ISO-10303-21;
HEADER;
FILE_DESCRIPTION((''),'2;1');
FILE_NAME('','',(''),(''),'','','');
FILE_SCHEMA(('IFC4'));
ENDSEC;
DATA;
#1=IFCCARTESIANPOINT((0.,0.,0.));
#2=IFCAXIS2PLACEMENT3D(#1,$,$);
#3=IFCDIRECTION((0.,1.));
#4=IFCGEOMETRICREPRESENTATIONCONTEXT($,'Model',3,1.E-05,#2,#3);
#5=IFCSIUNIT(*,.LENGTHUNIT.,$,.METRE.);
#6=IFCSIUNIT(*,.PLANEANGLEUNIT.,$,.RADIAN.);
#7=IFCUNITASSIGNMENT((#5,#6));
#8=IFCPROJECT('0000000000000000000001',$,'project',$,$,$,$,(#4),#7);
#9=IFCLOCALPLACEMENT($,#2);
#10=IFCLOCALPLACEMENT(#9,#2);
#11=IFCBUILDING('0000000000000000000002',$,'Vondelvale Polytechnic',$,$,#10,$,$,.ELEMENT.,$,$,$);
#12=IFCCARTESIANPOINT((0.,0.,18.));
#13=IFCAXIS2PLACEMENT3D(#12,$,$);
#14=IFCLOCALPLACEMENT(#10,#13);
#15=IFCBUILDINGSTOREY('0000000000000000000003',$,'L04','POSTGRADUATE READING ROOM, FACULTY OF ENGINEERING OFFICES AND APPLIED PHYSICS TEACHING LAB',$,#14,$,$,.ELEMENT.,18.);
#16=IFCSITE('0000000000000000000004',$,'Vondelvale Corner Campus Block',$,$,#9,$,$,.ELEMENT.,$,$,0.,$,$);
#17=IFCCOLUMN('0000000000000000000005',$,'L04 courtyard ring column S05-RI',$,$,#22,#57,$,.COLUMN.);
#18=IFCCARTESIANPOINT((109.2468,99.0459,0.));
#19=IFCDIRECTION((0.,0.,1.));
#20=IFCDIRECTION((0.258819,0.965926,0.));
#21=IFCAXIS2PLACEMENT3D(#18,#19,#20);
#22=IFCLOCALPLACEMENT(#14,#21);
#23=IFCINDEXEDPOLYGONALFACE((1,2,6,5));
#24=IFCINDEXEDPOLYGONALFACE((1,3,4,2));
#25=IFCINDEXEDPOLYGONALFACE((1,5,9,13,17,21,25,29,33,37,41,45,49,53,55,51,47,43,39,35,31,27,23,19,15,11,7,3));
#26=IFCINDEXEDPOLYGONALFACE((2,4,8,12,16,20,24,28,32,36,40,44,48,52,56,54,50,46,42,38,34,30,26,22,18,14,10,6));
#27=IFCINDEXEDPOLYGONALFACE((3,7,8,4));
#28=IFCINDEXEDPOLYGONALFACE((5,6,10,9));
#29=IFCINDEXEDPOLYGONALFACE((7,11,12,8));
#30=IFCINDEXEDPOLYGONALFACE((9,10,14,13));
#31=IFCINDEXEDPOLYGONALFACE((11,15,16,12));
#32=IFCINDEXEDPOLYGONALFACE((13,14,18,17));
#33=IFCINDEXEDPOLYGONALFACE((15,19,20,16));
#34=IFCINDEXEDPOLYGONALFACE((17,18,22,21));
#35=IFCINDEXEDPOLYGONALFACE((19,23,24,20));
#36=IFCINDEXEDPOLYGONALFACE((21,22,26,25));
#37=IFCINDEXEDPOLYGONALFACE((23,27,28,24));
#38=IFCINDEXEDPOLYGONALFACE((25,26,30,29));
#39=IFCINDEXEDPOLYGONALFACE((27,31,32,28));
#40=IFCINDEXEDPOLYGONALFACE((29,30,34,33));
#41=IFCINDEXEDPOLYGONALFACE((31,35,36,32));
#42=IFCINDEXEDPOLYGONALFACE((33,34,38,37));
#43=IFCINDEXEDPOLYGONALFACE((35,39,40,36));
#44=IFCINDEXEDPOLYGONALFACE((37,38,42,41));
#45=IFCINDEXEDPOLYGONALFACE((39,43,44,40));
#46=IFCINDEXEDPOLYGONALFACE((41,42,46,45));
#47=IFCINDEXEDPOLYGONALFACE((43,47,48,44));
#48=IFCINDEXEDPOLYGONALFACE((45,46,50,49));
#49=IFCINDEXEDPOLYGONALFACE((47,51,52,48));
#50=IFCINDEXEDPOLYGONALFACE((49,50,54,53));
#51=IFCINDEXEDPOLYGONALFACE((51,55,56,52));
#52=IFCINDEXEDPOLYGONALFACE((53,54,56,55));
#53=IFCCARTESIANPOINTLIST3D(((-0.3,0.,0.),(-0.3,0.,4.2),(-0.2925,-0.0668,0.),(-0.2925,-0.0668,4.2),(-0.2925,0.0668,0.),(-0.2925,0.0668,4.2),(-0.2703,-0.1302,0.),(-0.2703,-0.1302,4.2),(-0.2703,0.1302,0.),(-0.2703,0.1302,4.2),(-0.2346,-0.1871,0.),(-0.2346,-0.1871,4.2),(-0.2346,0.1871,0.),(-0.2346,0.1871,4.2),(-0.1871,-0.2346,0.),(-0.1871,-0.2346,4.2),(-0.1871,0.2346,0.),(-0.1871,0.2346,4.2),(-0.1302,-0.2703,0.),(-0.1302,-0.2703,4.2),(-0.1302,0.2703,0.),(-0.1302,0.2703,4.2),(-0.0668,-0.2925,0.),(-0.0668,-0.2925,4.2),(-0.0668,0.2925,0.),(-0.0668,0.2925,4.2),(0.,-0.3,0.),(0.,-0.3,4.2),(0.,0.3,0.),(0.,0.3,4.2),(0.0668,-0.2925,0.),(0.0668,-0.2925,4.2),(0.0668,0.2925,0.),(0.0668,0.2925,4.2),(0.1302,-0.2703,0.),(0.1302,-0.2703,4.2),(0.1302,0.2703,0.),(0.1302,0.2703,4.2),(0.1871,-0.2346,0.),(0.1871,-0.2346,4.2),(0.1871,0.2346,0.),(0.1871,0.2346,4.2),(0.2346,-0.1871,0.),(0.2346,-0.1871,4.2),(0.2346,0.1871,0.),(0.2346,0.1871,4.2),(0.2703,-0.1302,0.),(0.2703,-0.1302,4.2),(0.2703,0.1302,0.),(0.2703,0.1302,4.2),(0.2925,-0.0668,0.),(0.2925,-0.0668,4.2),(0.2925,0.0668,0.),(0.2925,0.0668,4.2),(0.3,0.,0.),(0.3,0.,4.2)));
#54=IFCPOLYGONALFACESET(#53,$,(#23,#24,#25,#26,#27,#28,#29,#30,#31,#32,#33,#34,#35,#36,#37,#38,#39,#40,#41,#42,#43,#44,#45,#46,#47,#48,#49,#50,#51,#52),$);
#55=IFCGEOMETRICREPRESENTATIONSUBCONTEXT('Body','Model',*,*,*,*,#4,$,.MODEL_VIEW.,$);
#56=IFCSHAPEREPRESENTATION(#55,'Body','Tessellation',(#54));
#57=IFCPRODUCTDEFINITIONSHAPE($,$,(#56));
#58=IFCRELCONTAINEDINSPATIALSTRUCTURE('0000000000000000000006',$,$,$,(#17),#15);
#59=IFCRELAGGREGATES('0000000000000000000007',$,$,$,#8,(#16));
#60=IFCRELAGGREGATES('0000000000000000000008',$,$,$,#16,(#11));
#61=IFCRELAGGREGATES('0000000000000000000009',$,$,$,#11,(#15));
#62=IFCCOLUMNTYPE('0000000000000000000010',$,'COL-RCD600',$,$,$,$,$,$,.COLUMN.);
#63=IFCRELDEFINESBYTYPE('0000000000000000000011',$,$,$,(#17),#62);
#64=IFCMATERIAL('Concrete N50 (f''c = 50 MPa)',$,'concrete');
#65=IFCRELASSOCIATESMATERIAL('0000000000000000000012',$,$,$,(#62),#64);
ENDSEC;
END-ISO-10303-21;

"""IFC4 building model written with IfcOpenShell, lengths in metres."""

from ifc_helpers import new_model, si_unit, direction, frame, origin, origin_2d, place, context, subcontext, project, spatial, circle, extrude, material, material_profile, profile_set, type_object, element, save


model = new_model("IFC4")

# Units and contexts
model_context = context("Model", 3, precision=1e-05, world=origin(), true_north=direction((0.0, 1.0)))
body_context = subcontext(model_context, "Body", "Model", "MODEL_VIEW")
ifc_project = project(units=[si_unit("LENGTHUNIT", "METRE"), si_unit("PLANEANGLEUNIT", "RADIAN")], contexts=[model_context])

# Site, building, storey
site_placement = place(None, origin())
site = spatial("IfcSite", under=ifc_project, at=site_placement, Name="Vondelvale Corner Campus Block", CompositionType="ELEMENT", RefElevation=0.0)
building_placement = place(site_placement, origin())
building = spatial("IfcBuilding", under=site, at=building_placement, Name="Vondelvale Polytechnic", CompositionType="ELEMENT")
storey_placement = place(building_placement, frame((0.0, 0.0, 18.0)))
storey = spatial("IfcBuildingStorey", under=building, at=storey_placement, Name="L04", Description="POSTGRADUATE READING ROOM, FACULTY OF ENGINEERING OFFICES AND APPLIED PHYSICS TEACHING LAB", CompositionType="ELEMENT", Elevation=18.0)

# Column
ifc_material_1 = material(Name="Concrete N50 (f'c = 50 MPa)", Category="concrete")
ifc_material_profile_1 = material_profile(ifc_material_1, circle(Radius=0.3, at=origin_2d()), Name="RC-COL-D600")
ifc_profile_set_1 = profile_set([ifc_material_profile_1], Name="Concrete N50 (f'c = 50 MPa)")
column_type = type_object("IfcColumnType", Name="COL-RCD600", PredefinedType="COLUMN", material=ifc_profile_set_1)
column_placement = place(storey_placement, frame((109.2468, 99.0459, 0.0), z_axis=(0.0, 0.0, 1.0), x_axis=(0.258819, 0.965926, 0.0)))
element("IfcColumn", 1, at=column_placement, inside=storey, type_object=column_type, Name="L04 courtyard ring column S05-RI", PredefinedType="COLUMN", context=body_context, shape_type="SweptSolid", body=[
    extrude(circle(Radius=0.3, at=origin_2d()), origin(), (0.0, 0.0, 1.0), 4.2),
])

save(model, "model.ifc")
